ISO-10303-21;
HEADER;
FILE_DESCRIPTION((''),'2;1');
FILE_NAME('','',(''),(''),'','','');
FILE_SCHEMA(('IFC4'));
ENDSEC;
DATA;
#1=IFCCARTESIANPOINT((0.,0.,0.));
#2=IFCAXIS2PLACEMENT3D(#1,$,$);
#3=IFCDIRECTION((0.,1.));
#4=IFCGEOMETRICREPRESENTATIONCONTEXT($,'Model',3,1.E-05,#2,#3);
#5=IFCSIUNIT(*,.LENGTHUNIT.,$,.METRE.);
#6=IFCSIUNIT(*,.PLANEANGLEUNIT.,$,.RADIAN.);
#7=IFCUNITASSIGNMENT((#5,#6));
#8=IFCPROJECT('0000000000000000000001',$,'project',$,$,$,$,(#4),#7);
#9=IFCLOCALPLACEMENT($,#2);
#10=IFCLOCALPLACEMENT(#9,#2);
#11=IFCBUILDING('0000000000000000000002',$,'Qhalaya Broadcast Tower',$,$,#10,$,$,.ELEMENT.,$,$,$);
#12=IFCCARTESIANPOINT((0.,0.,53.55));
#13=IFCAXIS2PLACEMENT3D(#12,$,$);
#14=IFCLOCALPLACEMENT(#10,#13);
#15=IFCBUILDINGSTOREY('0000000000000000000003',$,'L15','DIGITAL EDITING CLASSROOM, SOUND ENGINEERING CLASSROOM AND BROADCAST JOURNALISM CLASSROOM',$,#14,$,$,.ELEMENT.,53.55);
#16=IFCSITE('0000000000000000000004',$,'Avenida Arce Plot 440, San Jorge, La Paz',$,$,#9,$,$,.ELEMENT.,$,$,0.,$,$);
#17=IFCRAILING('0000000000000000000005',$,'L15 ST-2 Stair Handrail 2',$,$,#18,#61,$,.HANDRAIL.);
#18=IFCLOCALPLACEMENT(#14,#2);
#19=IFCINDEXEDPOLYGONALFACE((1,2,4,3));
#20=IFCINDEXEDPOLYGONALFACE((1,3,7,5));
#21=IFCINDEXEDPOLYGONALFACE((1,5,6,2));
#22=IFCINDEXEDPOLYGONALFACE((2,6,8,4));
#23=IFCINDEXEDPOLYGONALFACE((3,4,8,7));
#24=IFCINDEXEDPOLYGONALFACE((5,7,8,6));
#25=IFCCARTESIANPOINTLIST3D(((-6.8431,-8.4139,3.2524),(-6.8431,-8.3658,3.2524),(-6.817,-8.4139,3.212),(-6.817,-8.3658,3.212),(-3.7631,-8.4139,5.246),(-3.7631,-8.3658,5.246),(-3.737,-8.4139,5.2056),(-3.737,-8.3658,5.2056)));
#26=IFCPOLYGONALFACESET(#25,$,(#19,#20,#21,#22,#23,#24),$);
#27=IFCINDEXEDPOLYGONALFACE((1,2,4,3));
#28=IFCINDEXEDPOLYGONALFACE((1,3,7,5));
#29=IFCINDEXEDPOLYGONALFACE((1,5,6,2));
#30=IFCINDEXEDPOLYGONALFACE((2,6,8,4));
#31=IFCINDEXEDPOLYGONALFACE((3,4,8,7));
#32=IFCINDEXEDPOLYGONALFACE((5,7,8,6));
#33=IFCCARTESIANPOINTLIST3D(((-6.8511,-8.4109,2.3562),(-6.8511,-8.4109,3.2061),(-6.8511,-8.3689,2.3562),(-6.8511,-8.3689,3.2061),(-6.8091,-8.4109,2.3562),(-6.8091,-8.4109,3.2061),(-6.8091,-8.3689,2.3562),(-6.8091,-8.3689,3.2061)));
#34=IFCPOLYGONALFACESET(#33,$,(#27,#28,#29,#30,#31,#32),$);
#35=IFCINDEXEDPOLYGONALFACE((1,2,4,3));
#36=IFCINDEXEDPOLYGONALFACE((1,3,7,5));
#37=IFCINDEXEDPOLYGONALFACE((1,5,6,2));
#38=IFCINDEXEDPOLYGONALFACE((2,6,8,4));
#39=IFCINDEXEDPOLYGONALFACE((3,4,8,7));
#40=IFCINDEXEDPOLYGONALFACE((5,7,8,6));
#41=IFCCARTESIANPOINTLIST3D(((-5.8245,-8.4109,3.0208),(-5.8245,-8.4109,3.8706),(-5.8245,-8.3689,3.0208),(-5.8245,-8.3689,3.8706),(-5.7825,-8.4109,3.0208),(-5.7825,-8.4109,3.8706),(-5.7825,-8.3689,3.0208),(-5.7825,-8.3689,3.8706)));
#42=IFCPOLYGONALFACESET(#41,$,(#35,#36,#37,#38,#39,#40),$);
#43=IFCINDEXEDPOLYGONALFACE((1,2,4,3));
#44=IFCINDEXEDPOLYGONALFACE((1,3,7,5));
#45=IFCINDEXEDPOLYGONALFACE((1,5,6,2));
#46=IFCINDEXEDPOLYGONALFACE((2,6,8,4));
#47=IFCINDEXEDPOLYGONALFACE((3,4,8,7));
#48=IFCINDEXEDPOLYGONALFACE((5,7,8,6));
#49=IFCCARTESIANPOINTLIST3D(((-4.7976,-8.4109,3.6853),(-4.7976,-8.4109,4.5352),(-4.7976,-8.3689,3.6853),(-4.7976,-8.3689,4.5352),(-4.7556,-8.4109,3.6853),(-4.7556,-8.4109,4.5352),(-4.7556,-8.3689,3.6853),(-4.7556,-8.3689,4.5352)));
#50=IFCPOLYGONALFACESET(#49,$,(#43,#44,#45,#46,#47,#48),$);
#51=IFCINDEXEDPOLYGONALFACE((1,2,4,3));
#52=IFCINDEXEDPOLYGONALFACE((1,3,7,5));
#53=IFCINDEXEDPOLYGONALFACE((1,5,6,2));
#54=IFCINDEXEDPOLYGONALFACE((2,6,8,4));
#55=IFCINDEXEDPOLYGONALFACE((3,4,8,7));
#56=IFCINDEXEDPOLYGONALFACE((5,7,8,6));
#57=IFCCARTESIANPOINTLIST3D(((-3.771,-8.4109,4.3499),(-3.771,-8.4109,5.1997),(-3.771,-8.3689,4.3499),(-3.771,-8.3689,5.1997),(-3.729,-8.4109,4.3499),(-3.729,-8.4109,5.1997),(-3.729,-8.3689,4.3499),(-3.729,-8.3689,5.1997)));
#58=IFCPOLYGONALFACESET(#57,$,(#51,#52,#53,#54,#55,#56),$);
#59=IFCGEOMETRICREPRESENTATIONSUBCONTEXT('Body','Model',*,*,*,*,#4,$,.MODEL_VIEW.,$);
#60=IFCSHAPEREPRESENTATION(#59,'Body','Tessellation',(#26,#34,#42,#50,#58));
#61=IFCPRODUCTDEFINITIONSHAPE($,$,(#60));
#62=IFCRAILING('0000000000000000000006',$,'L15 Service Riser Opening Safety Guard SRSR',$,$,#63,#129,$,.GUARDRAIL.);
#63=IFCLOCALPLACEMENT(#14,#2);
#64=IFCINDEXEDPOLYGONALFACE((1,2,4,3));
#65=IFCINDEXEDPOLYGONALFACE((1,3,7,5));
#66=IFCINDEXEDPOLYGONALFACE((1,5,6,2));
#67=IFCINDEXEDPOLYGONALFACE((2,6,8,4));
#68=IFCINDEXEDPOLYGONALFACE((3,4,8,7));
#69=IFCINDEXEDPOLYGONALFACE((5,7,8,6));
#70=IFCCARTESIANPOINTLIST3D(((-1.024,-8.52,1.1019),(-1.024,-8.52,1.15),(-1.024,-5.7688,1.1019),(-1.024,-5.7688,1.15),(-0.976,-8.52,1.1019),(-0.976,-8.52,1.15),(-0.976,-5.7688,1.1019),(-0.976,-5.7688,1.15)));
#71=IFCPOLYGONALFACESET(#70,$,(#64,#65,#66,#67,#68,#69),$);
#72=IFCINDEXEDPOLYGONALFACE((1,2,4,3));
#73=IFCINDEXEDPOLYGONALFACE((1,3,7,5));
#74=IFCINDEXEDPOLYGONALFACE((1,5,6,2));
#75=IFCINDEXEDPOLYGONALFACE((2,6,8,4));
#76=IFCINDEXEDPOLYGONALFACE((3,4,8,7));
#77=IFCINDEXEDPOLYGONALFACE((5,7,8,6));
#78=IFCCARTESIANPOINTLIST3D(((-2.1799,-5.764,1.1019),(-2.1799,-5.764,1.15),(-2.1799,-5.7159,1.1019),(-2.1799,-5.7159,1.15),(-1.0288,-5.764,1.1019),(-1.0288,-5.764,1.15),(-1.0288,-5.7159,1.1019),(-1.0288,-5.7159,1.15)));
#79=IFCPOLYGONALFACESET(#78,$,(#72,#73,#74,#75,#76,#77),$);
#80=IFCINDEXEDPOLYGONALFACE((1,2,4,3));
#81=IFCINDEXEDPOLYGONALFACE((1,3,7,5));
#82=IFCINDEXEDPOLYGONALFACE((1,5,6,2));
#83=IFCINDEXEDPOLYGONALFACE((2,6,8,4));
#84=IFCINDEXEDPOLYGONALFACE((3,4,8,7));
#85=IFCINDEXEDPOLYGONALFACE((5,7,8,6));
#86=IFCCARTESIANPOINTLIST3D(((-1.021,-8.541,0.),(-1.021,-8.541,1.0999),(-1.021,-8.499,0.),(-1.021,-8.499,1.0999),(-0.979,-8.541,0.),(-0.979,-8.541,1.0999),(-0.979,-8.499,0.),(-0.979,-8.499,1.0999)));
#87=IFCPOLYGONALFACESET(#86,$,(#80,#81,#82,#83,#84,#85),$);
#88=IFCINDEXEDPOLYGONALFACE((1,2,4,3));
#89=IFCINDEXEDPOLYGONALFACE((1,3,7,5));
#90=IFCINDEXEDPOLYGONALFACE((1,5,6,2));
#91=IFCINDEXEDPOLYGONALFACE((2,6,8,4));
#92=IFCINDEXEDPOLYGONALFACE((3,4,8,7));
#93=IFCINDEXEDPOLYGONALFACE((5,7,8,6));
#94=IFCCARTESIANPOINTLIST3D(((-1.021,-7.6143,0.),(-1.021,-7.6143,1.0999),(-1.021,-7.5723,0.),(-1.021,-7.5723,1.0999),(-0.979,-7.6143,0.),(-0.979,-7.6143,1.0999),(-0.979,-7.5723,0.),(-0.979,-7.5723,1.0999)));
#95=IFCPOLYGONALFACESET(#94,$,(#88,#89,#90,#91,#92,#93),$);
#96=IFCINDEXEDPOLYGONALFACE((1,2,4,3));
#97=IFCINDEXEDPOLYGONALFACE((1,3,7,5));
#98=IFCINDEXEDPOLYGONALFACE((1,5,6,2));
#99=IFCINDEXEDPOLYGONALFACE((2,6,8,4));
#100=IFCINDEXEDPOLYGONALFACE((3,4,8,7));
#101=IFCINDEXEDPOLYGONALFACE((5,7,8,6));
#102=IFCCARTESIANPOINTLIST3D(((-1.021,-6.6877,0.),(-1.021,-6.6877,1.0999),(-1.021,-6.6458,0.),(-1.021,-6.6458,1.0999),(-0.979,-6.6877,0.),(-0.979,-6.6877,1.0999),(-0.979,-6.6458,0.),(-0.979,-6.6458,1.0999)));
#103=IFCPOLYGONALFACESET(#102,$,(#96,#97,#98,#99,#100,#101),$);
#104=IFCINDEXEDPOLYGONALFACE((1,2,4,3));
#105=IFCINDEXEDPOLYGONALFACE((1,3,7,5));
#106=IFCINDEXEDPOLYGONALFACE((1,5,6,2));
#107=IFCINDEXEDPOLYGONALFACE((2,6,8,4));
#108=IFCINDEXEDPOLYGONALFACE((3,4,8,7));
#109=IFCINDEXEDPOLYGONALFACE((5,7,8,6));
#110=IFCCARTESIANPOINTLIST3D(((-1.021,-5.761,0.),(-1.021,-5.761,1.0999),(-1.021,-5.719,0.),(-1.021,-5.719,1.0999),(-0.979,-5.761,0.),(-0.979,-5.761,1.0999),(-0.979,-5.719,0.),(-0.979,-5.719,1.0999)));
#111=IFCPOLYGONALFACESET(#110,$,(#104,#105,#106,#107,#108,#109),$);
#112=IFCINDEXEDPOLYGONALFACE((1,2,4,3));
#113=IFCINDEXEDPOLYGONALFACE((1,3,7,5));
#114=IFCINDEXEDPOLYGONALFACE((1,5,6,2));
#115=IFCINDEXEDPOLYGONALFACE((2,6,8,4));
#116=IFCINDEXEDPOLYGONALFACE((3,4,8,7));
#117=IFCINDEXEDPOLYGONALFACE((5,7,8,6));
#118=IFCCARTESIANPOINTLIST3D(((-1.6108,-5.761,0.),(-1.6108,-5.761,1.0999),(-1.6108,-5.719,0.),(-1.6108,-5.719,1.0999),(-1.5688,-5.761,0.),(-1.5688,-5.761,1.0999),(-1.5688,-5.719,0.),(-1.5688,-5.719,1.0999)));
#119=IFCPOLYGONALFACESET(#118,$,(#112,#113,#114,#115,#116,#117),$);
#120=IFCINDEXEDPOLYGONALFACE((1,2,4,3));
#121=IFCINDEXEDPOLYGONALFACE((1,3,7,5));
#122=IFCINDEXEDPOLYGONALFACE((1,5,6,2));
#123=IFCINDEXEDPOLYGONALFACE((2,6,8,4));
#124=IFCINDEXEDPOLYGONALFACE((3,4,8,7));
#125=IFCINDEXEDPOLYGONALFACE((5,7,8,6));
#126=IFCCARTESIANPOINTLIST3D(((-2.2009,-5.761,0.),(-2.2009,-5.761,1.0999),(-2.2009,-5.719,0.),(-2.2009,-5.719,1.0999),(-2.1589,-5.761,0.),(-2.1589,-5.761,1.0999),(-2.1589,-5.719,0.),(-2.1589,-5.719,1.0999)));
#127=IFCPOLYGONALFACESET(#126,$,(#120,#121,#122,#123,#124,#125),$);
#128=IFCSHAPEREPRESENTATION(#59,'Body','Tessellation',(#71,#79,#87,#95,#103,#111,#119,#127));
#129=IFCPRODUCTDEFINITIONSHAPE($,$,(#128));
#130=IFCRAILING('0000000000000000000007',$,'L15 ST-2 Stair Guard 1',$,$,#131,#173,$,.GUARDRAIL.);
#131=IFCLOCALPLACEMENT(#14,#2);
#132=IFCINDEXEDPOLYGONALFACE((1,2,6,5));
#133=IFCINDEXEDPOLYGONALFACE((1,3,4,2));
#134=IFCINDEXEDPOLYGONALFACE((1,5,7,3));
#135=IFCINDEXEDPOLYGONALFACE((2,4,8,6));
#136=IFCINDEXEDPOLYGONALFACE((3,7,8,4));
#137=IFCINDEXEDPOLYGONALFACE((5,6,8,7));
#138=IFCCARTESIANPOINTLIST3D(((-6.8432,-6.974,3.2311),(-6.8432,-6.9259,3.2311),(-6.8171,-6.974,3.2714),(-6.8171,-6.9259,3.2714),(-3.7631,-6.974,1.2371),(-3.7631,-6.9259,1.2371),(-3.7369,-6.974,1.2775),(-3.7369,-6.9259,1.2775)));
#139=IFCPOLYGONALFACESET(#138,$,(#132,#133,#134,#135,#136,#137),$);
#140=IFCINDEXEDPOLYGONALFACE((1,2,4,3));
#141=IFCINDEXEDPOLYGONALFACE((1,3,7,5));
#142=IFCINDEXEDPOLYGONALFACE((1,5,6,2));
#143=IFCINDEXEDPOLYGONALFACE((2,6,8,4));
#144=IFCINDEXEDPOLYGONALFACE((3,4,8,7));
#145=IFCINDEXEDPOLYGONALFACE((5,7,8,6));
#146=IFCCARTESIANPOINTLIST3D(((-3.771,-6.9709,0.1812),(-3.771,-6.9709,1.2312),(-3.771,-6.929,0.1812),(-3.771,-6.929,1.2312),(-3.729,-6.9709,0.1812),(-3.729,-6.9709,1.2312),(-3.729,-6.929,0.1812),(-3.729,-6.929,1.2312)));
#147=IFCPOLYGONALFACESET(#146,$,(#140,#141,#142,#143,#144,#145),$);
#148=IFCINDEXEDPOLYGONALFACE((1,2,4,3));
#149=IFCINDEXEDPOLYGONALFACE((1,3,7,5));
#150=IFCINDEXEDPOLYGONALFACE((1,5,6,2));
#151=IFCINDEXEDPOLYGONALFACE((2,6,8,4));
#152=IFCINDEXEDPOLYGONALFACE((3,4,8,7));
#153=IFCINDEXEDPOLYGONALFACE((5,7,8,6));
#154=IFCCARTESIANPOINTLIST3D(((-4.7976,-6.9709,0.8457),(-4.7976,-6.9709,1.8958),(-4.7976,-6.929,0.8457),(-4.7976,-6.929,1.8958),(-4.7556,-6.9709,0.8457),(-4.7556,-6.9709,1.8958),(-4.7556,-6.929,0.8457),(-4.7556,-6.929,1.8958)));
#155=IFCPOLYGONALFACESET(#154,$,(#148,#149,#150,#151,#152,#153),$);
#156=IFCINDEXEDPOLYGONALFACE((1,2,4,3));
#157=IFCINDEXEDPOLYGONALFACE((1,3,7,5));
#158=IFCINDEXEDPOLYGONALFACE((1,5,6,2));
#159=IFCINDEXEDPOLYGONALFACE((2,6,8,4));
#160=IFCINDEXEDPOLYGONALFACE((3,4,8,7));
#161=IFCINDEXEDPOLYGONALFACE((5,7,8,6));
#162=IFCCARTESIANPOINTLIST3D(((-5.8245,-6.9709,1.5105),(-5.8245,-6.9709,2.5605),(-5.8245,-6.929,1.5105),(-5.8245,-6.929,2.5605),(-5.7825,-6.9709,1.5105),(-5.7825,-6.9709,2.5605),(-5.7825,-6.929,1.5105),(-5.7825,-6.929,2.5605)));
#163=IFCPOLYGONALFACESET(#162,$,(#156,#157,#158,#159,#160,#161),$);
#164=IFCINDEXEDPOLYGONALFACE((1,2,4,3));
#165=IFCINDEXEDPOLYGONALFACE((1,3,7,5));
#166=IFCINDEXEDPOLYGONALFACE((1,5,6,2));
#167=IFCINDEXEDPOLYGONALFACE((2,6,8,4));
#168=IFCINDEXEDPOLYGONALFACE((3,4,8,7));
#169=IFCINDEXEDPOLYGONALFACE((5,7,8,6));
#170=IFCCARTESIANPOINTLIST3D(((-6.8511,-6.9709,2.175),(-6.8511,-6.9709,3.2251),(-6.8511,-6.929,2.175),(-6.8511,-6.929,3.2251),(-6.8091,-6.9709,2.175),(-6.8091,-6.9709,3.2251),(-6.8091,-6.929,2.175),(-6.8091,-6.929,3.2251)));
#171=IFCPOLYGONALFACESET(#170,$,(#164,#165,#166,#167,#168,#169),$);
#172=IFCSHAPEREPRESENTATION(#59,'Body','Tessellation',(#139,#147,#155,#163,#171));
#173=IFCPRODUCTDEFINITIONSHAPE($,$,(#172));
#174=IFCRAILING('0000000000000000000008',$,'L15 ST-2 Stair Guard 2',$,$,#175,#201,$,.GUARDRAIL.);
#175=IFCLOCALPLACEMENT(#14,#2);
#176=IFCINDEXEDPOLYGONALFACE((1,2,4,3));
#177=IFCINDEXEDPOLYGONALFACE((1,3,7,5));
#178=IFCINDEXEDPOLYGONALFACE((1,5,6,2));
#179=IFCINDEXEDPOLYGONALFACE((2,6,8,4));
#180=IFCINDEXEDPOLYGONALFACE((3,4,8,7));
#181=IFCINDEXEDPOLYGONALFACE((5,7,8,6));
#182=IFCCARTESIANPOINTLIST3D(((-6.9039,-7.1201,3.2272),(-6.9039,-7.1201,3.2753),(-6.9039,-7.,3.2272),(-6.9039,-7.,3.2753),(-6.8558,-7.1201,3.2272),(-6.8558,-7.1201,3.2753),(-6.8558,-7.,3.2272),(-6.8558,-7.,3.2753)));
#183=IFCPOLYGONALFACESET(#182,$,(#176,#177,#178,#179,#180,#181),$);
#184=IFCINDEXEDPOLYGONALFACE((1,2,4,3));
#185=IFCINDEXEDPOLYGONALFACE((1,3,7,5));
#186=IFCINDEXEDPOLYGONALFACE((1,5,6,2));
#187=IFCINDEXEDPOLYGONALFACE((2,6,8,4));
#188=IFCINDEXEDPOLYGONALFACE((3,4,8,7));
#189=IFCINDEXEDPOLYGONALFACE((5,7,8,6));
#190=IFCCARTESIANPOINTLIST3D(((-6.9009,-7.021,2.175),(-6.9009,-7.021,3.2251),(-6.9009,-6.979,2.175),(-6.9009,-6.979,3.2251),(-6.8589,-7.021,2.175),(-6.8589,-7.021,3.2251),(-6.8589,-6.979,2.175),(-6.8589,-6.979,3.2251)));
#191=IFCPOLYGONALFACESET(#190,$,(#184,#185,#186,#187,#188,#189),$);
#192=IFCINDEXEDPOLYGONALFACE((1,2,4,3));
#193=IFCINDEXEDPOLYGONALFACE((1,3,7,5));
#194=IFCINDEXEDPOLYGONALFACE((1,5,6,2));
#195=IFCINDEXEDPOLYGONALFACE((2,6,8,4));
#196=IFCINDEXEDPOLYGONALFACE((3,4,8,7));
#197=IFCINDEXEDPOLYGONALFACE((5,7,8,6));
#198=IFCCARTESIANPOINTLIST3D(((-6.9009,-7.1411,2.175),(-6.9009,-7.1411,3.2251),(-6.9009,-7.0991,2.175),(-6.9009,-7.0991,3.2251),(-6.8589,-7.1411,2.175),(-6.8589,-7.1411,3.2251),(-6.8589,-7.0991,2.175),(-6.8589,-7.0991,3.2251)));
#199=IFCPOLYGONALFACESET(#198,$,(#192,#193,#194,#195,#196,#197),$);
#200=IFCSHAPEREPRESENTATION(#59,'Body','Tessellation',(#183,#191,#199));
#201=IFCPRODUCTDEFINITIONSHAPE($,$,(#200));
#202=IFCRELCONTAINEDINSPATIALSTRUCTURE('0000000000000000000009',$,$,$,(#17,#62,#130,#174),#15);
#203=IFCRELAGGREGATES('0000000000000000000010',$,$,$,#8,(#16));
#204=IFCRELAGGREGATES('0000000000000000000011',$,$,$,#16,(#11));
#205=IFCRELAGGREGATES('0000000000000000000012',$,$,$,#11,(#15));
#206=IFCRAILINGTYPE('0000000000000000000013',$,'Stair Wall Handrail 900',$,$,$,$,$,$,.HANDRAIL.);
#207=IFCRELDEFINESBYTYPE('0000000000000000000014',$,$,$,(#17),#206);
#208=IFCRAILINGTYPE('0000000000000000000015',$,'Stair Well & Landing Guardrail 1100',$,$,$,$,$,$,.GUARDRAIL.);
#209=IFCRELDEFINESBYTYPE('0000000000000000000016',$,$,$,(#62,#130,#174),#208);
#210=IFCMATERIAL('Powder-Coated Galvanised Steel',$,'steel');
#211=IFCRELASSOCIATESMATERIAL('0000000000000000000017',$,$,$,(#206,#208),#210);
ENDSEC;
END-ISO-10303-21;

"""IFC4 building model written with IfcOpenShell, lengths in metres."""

from ifc_helpers import new_model, si_unit, direction, frame, origin, origin_2d, place, context, subcontext, project, spatial, rectangle, extrude, material, type_object, element, save


model = new_model("IFC4")

# Units and contexts
model_context = context("Model", 3, precision=1e-05, world=origin(), true_north=direction((0.0, 1.0)))
body_context = subcontext(model_context, "Body", "Model", "MODEL_VIEW")
ifc_project = project(units=[si_unit("LENGTHUNIT", "METRE"), si_unit("PLANEANGLEUNIT", "RADIAN")], contexts=[model_context])

# Site, building, storey
site_placement = place(None, origin())
site = spatial("IfcSite", under=ifc_project, at=site_placement, Name="Avenida Arce Plot 440, San Jorge, La Paz", CompositionType="ELEMENT", RefElevation=0.0)
building_placement = place(site_placement, origin())
building = spatial("IfcBuilding", under=site, at=building_placement, Name="Qhalaya Broadcast Tower", CompositionType="ELEMENT")
storey_placement = place(building_placement, frame((0.0, 0.0, 53.55)))
storey = spatial("IfcBuildingStorey", under=building, at=storey_placement, Name="L15", Description="DIGITAL EDITING CLASSROOM, SOUND ENGINEERING CLASSROOM AND BROADCAST JOURNALISM CLASSROOM", CompositionType="ELEMENT", Elevation=53.55)

# Railings
ifc_material_1 = material(Name="Powder-Coated Galvanised Steel", Category="steel")
railing_type_1 = type_object("IfcRailingType", Name="Stair Wall Handrail 900", PredefinedType="HANDRAIL", material=ifc_material_1)
railing_1_placement = place(storey_placement, frame((-6.8301, -8.3899, 2.3562)))
element("IfcRailing", 1, at=railing_1_placement, inside=storey, type_object=railing_type_1, Name="L15 ST-2 Stair Handrail 2", PredefinedType="HANDRAIL", context=body_context, shape_type="SweptSolid", body=[
    extrude(rectangle(XDim=0.0481, YDim=0.0481, at=origin_2d()), frame((0.0, 0.0, 0.876), z_axis=(0.839488, 0.0, 0.543378), x_axis=(0.0, 1.0, 0.0)), (0.0, 0.0, 1.0), 3.6689),
    extrude(rectangle(XDim=0.042, YDim=0.042, at=origin_2d()), origin(), (0.0, 0.0, 1.0), 0.8499),
    extrude(rectangle(XDim=0.042, YDim=0.042, at=origin_2d()), frame((1.0266, 0.0, 0.6646)), (0.0, 0.0, 1.0), 0.8499),
    extrude(rectangle(XDim=0.042, YDim=0.042, at=origin_2d()), frame((2.0535, 0.0, 1.3291)), (0.0, 0.0, 1.0), 0.8499),
    extrude(rectangle(XDim=0.042, YDim=0.042, at=origin_2d()), frame((3.0801, 0.0, 1.9937)), (0.0, 0.0, 1.0), 0.8499),
])
railing_type_2 = type_object("IfcRailingType", Name="Stair Well & Landing Guardrail 1100", PredefinedType="GUARDRAIL", material=ifc_material_1)
railing_2_placement = place(storey_placement, frame((-1.0, -8.52, 0.0)))
element("IfcRailing", 2, at=railing_2_placement, inside=storey, type_object=railing_type_2, Name="L15 Service Riser Opening Safety Guard SRSR", PredefinedType="GUARDRAIL", context=body_context, shape_type="SweptSolid", body=[
    extrude(rectangle(XDim=0.0481, YDim=0.0481, at=origin_2d()), frame((0.0, 0.0, 1.126), z_axis=(0.0, 1.0, 0.0), x_axis=(-1.0, 0.0, 0.0)), (0.0, 0.0, 1.0), 2.7512),
    extrude(rectangle(XDim=0.0481, YDim=0.0481, at=origin_2d()), frame((-0.0288, 2.78, 1.126), z_axis=(-1.0, 0.0, 0.0), x_axis=(0.0, -1.0, 0.0)), (0.0, 0.0, 1.0), 1.1511),
    extrude(rectangle(XDim=0.042, YDim=0.042, at=origin_2d()), origin(), (0.0, 0.0, 1.0), 1.0999),
    extrude(rectangle(XDim=0.042, YDim=0.042, at=origin_2d()), frame((0.0, 0.9268, 0.0)), (0.0, 0.0, 1.0), 1.0999),
    extrude(rectangle(XDim=0.042, YDim=0.042, at=origin_2d()), frame((0.0, 1.8533, 0.0)), (0.0, 0.0, 1.0), 1.0999),
    extrude(rectangle(XDim=0.042, YDim=0.042, at=origin_2d()), frame((0.0, 2.78, 0.0)), (0.0, 0.0, 1.0), 1.0999),
    extrude(rectangle(XDim=0.042, YDim=0.042, at=origin_2d()), frame((-0.5898, 2.78, 0.0)), (0.0, 0.0, 1.0), 1.0999),
    extrude(rectangle(XDim=0.042, YDim=0.042, at=origin_2d()), frame((-1.1799, 2.78, 0.0)), (0.0, 0.0, 1.0), 1.0999),
])
railing_3_placement = place(storey_placement, frame((-3.75, -6.95, 0.1812)))
element("IfcRailing", 3, at=railing_3_placement, inside=storey, type_object=railing_type_2, Name="L15 ST-2 Stair Guard 1", PredefinedType="GUARDRAIL", context=body_context, shape_type="SweptSolid", body=[
    extrude(rectangle(XDim=0.0481, YDim=0.0481, at=origin_2d()), frame((0.0, 0.0, 1.0762), z_axis=(-0.839458, 0.0, 0.543425), x_axis=(0.0, -1.0, 0.0)), (0.0, 0.0, 1.0), 3.6692),
    extrude(rectangle(XDim=0.042, YDim=0.042, at=origin_2d()), origin(), (0.0, 0.0, 1.0), 1.05),
    extrude(rectangle(XDim=0.042, YDim=0.042, at=origin_2d()), frame((-1.0266, 0.0, 0.6646)), (0.0, 0.0, 1.0), 1.05),
    extrude(rectangle(XDim=0.042, YDim=0.042, at=origin_2d()), frame((-2.0535, 0.0, 1.3293)), (0.0, 0.0, 1.0), 1.05),
    extrude(rectangle(XDim=0.042, YDim=0.042, at=origin_2d()), frame((-3.0801, 0.0, 1.9939)), (0.0, 0.0, 1.0), 1.05),
])
railing_4_placement = place(storey_placement, frame((-6.8799, -7.0, 2.175)))
element("IfcRailing", 4, at=railing_4_placement, inside=storey, type_object=railing_type_2, Name="L15 ST-2 Stair Guard 2", PredefinedType="GUARDRAIL", context=body_context, shape_type="SweptSolid", body=[
    extrude(rectangle(XDim=0.0481, YDim=0.0481, at=origin_2d()), frame((0.0, 0.0, 1.0762), z_axis=(0.0, -1.0, 0.0), x_axis=(1.0, 0.0, 0.0)), (0.0, 0.0, 1.0), 0.1201),
    extrude(rectangle(XDim=0.042, YDim=0.042, at=origin_2d()), origin(), (0.0, 0.0, 1.0), 1.05),
    extrude(rectangle(XDim=0.042, YDim=0.042, at=origin_2d()), frame((0.0, -0.1201, 0.0)), (0.0, 0.0, 1.0), 1.05),
])

save(model, "model.ifc")
